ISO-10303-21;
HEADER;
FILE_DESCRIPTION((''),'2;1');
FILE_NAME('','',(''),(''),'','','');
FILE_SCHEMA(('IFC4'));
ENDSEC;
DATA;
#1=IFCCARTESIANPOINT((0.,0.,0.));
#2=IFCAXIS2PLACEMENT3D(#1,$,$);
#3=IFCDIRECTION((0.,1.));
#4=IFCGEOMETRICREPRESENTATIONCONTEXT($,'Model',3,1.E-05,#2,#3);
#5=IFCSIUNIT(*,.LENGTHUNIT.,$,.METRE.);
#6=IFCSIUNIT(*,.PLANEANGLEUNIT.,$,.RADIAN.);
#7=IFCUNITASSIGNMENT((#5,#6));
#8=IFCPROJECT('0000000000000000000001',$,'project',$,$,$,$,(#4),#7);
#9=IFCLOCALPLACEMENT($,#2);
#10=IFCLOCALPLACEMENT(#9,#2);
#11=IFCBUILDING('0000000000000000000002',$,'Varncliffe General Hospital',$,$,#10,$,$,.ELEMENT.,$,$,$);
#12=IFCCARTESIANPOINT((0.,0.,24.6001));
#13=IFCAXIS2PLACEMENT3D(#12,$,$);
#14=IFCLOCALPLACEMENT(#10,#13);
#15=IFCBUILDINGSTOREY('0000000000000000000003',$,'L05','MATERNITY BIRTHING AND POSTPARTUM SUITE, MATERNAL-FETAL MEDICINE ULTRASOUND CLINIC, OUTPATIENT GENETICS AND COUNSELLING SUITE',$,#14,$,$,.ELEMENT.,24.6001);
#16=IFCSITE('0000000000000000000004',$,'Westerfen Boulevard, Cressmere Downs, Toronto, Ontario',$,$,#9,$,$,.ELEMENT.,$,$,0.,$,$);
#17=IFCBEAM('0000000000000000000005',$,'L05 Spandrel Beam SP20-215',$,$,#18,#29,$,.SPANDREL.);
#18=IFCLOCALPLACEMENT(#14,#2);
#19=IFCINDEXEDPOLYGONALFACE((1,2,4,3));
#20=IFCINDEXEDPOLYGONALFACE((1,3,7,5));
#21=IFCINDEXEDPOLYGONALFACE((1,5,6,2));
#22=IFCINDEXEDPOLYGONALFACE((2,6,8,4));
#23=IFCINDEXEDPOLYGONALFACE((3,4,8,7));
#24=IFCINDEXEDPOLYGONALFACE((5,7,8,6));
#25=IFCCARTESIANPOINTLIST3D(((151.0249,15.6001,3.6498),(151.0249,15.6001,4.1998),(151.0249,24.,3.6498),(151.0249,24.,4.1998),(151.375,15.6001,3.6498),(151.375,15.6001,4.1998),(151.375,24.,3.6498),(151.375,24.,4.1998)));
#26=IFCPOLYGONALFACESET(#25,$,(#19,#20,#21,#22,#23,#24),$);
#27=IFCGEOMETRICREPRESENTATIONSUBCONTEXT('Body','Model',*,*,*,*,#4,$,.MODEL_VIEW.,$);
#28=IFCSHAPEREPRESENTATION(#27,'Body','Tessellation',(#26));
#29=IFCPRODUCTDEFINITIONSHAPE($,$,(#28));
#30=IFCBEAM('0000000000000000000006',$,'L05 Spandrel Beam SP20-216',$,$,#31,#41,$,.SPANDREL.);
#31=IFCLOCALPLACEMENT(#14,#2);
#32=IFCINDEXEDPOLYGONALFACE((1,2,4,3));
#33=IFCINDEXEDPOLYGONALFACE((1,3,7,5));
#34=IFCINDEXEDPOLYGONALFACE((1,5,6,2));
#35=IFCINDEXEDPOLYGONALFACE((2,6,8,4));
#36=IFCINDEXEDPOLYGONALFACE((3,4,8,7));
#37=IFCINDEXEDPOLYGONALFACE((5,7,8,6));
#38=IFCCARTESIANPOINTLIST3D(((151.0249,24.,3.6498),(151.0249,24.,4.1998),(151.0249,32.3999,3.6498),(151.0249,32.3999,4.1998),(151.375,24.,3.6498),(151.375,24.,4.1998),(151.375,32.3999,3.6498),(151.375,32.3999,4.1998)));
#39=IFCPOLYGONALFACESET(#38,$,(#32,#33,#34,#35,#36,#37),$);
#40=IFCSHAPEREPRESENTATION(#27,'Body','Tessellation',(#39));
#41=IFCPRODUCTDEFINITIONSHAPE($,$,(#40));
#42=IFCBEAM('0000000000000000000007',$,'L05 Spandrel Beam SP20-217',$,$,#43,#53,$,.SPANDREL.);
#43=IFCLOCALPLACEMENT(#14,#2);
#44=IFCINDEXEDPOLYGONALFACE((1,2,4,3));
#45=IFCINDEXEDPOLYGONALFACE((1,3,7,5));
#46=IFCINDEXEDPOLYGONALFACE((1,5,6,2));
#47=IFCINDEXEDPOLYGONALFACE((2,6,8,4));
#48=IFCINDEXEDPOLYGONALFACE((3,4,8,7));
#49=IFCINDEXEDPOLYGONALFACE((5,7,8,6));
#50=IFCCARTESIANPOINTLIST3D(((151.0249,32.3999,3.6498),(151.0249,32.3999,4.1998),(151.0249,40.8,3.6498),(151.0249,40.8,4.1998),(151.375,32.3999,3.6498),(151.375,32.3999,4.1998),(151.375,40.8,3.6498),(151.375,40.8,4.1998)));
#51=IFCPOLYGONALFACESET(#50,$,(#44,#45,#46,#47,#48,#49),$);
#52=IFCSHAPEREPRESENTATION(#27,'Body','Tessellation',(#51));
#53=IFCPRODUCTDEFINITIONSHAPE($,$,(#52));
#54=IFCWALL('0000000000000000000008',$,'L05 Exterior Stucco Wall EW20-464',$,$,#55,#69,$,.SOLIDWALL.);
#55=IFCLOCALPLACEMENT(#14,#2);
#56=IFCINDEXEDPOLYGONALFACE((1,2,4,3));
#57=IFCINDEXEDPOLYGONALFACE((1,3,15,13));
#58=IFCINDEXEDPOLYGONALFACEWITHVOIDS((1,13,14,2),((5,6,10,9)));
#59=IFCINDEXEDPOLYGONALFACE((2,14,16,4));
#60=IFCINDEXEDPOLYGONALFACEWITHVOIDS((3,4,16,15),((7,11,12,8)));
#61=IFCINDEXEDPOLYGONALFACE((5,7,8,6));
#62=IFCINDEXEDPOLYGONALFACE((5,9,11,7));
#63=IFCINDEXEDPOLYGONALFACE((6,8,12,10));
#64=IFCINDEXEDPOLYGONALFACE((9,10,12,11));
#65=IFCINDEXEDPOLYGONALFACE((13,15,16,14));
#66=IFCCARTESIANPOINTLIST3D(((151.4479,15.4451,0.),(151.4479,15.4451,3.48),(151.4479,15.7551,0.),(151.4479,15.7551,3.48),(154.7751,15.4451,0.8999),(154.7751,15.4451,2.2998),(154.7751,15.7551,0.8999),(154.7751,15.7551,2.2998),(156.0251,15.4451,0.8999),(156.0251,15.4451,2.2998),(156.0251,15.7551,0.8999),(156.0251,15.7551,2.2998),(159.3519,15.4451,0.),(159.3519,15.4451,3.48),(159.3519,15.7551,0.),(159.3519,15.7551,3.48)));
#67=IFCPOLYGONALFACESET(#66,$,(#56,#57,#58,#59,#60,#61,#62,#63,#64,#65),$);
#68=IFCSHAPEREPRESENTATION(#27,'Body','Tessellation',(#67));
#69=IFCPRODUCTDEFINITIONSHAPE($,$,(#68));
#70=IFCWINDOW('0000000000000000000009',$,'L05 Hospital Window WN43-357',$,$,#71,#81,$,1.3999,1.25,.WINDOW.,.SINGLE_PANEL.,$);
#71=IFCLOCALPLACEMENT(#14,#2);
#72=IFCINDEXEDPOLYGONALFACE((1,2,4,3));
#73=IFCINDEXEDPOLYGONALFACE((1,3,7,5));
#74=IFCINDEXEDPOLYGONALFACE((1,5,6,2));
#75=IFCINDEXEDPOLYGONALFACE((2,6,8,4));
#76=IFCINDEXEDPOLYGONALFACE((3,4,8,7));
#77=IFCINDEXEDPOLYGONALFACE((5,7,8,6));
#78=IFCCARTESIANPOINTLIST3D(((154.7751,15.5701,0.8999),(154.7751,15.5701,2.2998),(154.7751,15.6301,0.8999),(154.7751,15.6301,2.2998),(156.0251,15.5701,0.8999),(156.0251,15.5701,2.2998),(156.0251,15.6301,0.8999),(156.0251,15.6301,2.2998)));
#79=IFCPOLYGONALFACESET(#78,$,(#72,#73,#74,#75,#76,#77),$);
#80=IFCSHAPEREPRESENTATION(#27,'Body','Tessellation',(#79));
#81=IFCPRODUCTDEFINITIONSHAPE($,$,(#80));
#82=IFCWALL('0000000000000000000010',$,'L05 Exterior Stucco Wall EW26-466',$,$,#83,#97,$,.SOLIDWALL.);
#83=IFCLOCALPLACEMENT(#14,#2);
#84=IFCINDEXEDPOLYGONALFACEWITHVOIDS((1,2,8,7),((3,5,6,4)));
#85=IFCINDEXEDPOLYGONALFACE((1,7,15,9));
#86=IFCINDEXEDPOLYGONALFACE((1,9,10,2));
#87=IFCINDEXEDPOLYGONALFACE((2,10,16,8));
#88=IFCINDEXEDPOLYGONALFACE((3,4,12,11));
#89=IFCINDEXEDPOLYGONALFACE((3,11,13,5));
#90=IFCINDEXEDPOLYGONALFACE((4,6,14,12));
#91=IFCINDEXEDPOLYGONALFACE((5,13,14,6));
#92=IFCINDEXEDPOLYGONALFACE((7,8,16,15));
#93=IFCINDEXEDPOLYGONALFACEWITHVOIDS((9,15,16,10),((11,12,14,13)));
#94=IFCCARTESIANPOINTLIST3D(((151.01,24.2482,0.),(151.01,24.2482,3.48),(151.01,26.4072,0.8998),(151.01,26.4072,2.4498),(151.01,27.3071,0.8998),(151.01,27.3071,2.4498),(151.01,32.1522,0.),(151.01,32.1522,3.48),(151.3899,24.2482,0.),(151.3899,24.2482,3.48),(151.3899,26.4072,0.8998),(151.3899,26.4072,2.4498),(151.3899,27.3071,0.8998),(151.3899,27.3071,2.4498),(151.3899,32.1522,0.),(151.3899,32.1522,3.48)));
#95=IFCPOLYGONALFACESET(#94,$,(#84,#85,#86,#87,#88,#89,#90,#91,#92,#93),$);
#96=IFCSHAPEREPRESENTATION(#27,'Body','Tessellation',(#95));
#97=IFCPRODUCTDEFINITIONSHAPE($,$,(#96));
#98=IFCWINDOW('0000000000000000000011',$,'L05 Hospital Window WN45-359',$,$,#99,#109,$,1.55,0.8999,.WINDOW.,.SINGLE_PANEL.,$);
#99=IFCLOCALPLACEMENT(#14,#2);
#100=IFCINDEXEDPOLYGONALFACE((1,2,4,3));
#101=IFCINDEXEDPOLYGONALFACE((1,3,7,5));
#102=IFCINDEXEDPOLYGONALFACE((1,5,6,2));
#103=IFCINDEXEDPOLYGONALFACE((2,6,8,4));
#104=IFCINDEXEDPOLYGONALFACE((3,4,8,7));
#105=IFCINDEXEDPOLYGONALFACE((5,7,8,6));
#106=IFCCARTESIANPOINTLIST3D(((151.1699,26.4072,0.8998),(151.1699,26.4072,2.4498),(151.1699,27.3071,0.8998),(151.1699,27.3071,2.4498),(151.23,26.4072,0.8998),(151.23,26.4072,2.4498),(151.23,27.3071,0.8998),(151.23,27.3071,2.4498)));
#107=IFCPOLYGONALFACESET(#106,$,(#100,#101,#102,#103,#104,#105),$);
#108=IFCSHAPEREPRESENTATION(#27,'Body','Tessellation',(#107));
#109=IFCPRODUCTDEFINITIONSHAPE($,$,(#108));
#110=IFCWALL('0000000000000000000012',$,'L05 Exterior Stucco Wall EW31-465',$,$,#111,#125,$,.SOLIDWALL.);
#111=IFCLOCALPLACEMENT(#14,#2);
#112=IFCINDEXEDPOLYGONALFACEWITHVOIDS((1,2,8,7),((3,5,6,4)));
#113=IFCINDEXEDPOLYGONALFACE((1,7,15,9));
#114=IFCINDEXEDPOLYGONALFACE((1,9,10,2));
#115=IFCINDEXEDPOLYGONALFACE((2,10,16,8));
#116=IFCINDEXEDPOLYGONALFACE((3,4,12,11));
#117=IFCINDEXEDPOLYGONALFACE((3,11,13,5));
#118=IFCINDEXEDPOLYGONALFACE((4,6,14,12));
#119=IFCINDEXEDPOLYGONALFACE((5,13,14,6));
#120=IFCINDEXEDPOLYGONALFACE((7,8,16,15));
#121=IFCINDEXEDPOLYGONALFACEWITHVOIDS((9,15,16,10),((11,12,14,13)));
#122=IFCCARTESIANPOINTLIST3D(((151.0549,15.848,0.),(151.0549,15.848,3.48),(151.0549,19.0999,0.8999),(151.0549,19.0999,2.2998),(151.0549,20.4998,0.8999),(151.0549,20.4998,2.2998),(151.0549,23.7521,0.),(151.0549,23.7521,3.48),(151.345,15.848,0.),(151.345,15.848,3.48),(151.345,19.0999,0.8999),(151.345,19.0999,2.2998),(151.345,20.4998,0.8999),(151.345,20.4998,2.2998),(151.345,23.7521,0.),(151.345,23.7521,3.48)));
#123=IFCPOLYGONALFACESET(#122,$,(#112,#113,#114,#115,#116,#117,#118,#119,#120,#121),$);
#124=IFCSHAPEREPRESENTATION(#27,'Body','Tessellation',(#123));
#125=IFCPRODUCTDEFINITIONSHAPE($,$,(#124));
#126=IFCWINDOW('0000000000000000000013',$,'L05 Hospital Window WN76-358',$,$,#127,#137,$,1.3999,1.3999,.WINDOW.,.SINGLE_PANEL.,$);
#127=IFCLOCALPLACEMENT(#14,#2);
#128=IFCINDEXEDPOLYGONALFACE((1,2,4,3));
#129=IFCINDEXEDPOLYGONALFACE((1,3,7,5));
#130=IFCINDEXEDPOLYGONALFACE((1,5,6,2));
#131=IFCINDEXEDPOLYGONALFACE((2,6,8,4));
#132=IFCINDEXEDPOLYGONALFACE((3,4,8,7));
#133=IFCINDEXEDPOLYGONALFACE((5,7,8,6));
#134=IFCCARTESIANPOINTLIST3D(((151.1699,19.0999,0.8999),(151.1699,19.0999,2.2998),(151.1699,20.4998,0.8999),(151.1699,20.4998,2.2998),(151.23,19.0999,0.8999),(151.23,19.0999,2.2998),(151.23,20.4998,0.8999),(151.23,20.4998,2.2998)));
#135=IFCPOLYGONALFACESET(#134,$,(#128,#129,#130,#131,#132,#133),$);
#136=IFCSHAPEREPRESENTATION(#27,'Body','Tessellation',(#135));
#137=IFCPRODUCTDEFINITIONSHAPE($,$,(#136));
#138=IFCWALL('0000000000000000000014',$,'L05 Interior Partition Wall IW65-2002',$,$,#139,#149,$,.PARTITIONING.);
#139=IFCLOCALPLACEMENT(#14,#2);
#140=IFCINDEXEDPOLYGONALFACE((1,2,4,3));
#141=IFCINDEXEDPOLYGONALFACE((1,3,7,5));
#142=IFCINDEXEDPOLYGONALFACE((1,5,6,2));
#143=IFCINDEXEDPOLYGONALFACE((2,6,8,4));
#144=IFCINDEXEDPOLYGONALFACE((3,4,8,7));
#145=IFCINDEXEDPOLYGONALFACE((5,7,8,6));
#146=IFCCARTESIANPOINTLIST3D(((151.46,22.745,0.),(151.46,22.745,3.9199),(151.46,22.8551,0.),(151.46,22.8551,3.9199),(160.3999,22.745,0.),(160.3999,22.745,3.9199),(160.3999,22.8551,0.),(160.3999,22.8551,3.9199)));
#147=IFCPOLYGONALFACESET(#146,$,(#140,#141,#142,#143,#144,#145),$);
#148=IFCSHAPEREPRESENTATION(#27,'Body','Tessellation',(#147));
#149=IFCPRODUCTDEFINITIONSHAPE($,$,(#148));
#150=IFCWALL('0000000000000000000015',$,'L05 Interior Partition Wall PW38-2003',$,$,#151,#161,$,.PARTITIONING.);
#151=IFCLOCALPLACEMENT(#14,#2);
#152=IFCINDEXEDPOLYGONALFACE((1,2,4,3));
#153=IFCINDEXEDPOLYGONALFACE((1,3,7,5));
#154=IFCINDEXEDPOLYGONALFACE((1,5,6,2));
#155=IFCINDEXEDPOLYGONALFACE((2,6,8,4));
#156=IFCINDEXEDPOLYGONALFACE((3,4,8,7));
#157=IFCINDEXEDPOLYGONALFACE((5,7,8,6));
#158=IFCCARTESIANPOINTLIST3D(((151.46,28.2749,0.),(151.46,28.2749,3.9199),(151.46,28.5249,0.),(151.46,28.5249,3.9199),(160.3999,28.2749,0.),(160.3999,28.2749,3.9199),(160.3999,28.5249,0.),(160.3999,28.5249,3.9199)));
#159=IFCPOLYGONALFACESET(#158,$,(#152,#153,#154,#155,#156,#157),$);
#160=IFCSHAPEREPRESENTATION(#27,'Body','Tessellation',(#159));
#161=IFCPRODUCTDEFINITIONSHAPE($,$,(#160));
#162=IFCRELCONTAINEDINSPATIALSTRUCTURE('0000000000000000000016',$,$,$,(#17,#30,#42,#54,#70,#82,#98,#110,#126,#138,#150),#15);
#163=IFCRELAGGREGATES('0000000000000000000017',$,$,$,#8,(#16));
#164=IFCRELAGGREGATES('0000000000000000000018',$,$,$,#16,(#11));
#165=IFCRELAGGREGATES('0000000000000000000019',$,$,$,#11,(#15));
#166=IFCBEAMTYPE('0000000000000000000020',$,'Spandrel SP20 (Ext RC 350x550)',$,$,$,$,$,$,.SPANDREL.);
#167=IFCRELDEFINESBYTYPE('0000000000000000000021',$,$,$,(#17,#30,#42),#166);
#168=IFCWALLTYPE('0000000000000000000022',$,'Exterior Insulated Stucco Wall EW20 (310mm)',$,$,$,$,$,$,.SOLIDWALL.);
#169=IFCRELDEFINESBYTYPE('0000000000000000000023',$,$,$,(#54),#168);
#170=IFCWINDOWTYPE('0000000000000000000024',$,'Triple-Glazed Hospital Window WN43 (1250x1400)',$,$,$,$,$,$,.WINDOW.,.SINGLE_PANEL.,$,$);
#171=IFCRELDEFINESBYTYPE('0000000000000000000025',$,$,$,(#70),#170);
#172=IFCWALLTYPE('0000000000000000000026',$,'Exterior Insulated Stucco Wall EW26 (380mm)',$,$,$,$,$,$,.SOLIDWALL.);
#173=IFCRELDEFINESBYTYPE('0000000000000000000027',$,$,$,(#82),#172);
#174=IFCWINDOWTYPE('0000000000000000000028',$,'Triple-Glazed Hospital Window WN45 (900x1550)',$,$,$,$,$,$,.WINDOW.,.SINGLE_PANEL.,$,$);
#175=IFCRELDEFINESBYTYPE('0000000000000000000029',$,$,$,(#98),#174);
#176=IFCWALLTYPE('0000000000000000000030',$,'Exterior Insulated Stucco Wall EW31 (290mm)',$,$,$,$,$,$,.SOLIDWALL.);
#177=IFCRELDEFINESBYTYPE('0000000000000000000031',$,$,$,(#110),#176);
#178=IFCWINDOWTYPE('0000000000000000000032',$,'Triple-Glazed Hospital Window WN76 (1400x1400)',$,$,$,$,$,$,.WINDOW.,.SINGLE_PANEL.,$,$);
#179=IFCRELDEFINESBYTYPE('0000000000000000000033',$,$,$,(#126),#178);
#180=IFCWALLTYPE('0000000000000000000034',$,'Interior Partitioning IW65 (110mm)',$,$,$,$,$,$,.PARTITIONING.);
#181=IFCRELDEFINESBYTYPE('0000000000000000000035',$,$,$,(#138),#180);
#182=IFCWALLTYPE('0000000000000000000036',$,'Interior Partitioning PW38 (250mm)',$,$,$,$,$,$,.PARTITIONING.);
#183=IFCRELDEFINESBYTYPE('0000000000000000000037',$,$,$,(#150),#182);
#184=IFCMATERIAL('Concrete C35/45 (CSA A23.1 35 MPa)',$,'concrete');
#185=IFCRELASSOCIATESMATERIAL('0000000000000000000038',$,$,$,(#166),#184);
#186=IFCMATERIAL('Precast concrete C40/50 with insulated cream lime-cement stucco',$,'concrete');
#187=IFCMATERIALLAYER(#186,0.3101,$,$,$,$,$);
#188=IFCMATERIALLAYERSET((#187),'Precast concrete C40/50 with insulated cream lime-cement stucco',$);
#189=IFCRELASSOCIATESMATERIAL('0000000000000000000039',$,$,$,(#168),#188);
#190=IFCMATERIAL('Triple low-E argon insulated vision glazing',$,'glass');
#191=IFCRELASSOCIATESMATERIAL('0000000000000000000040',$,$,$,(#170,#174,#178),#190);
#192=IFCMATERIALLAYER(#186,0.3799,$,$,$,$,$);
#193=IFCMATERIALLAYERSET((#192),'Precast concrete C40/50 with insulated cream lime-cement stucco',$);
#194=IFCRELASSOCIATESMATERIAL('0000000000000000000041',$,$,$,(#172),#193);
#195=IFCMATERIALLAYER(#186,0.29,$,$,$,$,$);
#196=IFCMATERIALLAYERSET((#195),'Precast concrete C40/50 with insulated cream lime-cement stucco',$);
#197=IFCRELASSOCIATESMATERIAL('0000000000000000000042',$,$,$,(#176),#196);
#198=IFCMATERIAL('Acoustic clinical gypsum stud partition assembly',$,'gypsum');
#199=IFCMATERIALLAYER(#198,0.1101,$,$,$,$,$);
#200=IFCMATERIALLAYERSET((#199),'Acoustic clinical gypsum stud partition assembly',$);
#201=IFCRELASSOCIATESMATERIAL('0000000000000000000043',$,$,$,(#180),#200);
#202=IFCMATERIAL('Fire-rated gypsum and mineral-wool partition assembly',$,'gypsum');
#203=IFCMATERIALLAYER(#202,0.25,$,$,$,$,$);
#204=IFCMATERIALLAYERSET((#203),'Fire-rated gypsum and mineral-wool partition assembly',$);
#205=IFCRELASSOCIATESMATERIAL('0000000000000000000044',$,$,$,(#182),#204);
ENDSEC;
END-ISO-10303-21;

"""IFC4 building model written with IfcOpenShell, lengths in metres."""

from ifc_helpers import new_model, si_unit, direction, frame, frame_2d, origin, origin_2d, place, context, subcontext, project, spatial, rectangle, extrude, material, layer, layer_set, material_profile, profile_set, type_object, element, fill, save


model = new_model("IFC4")

# Units and contexts
model_context = context("Model", 3, precision=1e-05, world=origin(), true_north=direction((0.0, 1.0)))
body_context = subcontext(model_context, "Body", "Model", "MODEL_VIEW")
ifc_project = project(units=[si_unit("LENGTHUNIT", "METRE"), si_unit("PLANEANGLEUNIT", "RADIAN")], contexts=[model_context])

# Site, building, storey
site_placement = place(None, origin())
site = spatial("IfcSite", under=ifc_project, at=site_placement, Name="Westerfen Boulevard, Cressmere Downs, Toronto, Ontario", CompositionType="ELEMENT", RefElevation=0.0)
building_placement = place(site_placement, origin())
building = spatial("IfcBuilding", under=site, at=building_placement, Name="Varncliffe General Hospital", CompositionType="ELEMENT")
storey_placement = place(building_placement, frame((0.0, 0.0, 24.6001)))
storey = spatial("IfcBuildingStorey", under=building, at=storey_placement, Name="L05", Description="MATERNITY BIRTHING AND POSTPARTUM SUITE, MATERNAL-FETAL MEDICINE ULTRASOUND CLINIC, OUTPATIENT GENETICS AND COUNSELLING SUITE", CompositionType="ELEMENT", Elevation=24.6001)

# Beams
ifc_material_1 = material(Name="Concrete C35/45 (CSA A23.1 35 MPa)", Category="concrete")
ifc_material_profile_1 = material_profile(ifc_material_1, rectangle(XDim=0.3501, YDim=0.55, at=origin_2d()), Name="RC 350x550")
ifc_profile_set_1 = profile_set([ifc_material_profile_1], Name="Concrete C35/45 (CSA A23.1 35 MPa)")
beam_type_1 = type_object("IfcBeamType", Name="Spandrel SP20 (Ext RC 350x550)", PredefinedType="SPANDREL", material=ifc_profile_set_1)
for number, where, z_axis, x_axis, name in (
    (1, (151.2, 15.6001, 3.9248), (0.0, 1.0, 0.0), (-1.0, 0.0, 0.0), "L05 Spandrel Beam SP20-215"),
    (2, (151.2, 24.0, 3.9248), (0.0, 1.0, 0.0), (-1.0, 0.0, 0.0), "L05 Spandrel Beam SP20-216"),
):
    element("IfcBeam", number, at=place(storey_placement, frame(where, z_axis=z_axis, x_axis=x_axis)), inside=storey, type_object=beam_type_1, Name=name, PredefinedType="SPANDREL", context=body_context, shape_type="SweptSolid", body=[
        extrude(rectangle(XDim=0.3501, YDim=0.55, at=origin_2d()), origin(), (0.0, 0.0, 1.0), 8.3999),
    ])
beam_1_placement = place(storey_placement, frame((151.2, 32.3999, 3.9248), z_axis=(0.0, 1.0, 0.0), x_axis=(-1.0, 0.0, 0.0)))
element("IfcBeam", 3, at=beam_1_placement, inside=storey, type_object=beam_type_1, Name="L05 Spandrel Beam SP20-217", PredefinedType="SPANDREL", context=body_context, shape_type="SweptSolid", body=[
    extrude(rectangle(XDim=0.3501, YDim=0.55, at=origin_2d()), origin(), (0.0, 0.0, 1.0), 8.4001),
])

# Walls, openings, windows
ifc_material_2 = material(Name="Precast concrete C40/50 with insulated cream lime-cement stucco", Category="concrete")
ifc_layer_1 = layer(ifc_material_2, 0.3101)
ifc_layer_set_1 = layer_set([ifc_layer_1], Name="Precast concrete C40/50 with insulated cream lime-cement stucco")
wall_type_1 = type_object("IfcWallType", Name="Exterior Insulated Stucco Wall EW20 (310mm)", PredefinedType="SOLIDWALL", material=ifc_layer_set_1)
wall_1_placement = place(storey_placement, frame((159.3521, 15.6001, 0.0), z_axis=(0.0, 0.0, 1.0), x_axis=(-1.0, 0.0, 0.0)))
wall_1 = element("IfcWall", 4, at=wall_1_placement, inside=storey, type_object=wall_type_1, Name="L05 Exterior Stucco Wall EW20-464", PredefinedType="SOLIDWALL", context=body_context, shape_type="SweptSolid", body=[
    extrude(rectangle(XDim=7.9041, YDim=0.3101, at=frame_2d((3.9521, 0.0))), origin(), (0.0, 0.0, 1.0), 3.48),
])
opening_1_placement = place(wall_1_placement, frame((3.3269, 0.0, 0.8999)))
opening_1 = element("IfcOpeningElement", 5, at=opening_1_placement, cuts=wall_1, PredefinedType="OPENING", context=body_context, shape_type="SweptSolid", body=[
    extrude(rectangle(XDim=1.25, YDim=1.3999, at=frame_2d((0.625, 0.7))), frame((0.0, 0.165, 0.0), z_axis=(0.0, -1.0, 0.0), x_axis=(1.0, 0.0, 0.0)), (0.0, 0.0, 1.0), 0.3301),
])
ifc_material_3 = material(Name="Triple low-E argon insulated vision glazing", Category="glass")
window_type_1 = type_object("IfcWindowType", Name="Triple-Glazed Hospital Window WN43 (1250x1400)", PartitioningType="SINGLE_PANEL", PredefinedType="WINDOW", material=ifc_material_3)
window_1_placement = place(opening_1_placement, origin())
window_1 = element("IfcWindow", 6, at=window_1_placement, inside=storey, type_object=window_type_1, Name="L05 Hospital Window WN43-357", OverallHeight=1.3999, OverallWidth=1.25, PartitioningType="SINGLE_PANEL", PredefinedType="WINDOW", context=body_context, shape_type="SweptSolid", body=[
    extrude(rectangle(XDim=1.25, YDim=1.3999, at=frame_2d((0.625, 0.7))), frame((0.0, 0.03, 0.0), z_axis=(0.0, -1.0, 0.0), x_axis=(1.0, 0.0, 0.0)), (0.0, 0.0, 1.0), 0.0601),
])
fill(opening_1, window_1)
ifc_layer_2 = layer(ifc_material_2, 0.3799)
ifc_layer_set_2 = layer_set([ifc_layer_2], Name="Precast concrete C40/50 with insulated cream lime-cement stucco")
wall_type_2 = type_object("IfcWallType", Name="Exterior Insulated Stucco Wall EW26 (380mm)", PredefinedType="SOLIDWALL", material=ifc_layer_set_2)
wall_2_placement = place(storey_placement, frame((151.2, 24.248, 0.0), z_axis=(0.0, 0.0, 1.0), x_axis=(0.0, 1.0, 0.0)))
wall_2 = element("IfcWall", 7, at=wall_2_placement, inside=storey, type_object=wall_type_2, Name="L05 Exterior Stucco Wall EW26-466", PredefinedType="SOLIDWALL", context=body_context, shape_type="SweptSolid", body=[
    extrude(rectangle(XDim=7.9041, YDim=0.3799, at=frame_2d((3.9521, 0.0))), origin(), (0.0, 0.0, 1.0), 3.48),
])
opening_2_placement = place(wall_2_placement, frame((2.1592, 0.0, 0.8999)))
opening_2 = element("IfcOpeningElement", 8, at=opening_2_placement, cuts=wall_2, PredefinedType="OPENING", context=body_context, shape_type="SweptSolid", body=[
    extrude(rectangle(XDim=0.8999, YDim=1.55, at=frame_2d((0.45, 0.7749))), frame((0.0, 0.2, 0.0), z_axis=(0.0, -1.0, 0.0), x_axis=(1.0, 0.0, 0.0)), (0.0, 0.0, 1.0), 0.3999),
])
window_type_2 = type_object("IfcWindowType", Name="Triple-Glazed Hospital Window WN45 (900x1550)", PartitioningType="SINGLE_PANEL", PredefinedType="WINDOW", material=ifc_material_3)
window_2_placement = place(opening_2_placement, origin())
window_2 = element("IfcWindow", 9, at=window_2_placement, inside=storey, type_object=window_type_2, Name="L05 Hospital Window WN45-359", OverallHeight=1.55, OverallWidth=0.8999, PartitioningType="SINGLE_PANEL", PredefinedType="WINDOW", context=body_context, shape_type="SweptSolid", body=[
    extrude(rectangle(XDim=0.8999, YDim=1.55, at=frame_2d((0.45, 0.7749))), frame((0.0, 0.03, 0.0), z_axis=(0.0, -1.0, 0.0), x_axis=(1.0, 0.0, 0.0)), (0.0, 0.0, 1.0), 0.0601),
])
fill(opening_2, window_2)
ifc_layer_3 = layer(ifc_material_2, 0.29)
ifc_layer_set_3 = layer_set([ifc_layer_3], Name="Precast concrete C40/50 with insulated cream lime-cement stucco")
wall_type_3 = type_object("IfcWallType", Name="Exterior Insulated Stucco Wall EW31 (290mm)", PredefinedType="SOLIDWALL", material=ifc_layer_set_3)
wall_3_placement = place(storey_placement, frame((151.2, 15.8479, 0.0), z_axis=(0.0, 0.0, 1.0), x_axis=(0.0, 1.0, 0.0)))
wall_3 = element("IfcWall", 10, at=wall_3_placement, inside=storey, type_object=wall_type_3, Name="L05 Exterior Stucco Wall EW31-465", PredefinedType="SOLIDWALL", context=body_context, shape_type="SweptSolid", body=[
    extrude(rectangle(XDim=7.9041, YDim=0.29, at=frame_2d((3.9521, 0.0))), origin(), (0.0, 0.0, 1.0), 3.48),
])
opening_3_placement = place(wall_3_placement, frame((3.252, 0.0, 0.8999)))
opening_3 = element("IfcOpeningElement", 11, at=opening_3_placement, cuts=wall_3, PredefinedType="OPENING", context=body_context, shape_type="SweptSolid", body=[
    extrude(rectangle(XDim=1.3999, YDim=1.3999, at=frame_2d((0.7, 0.7))), frame((0.0, 0.155, 0.0), z_axis=(0.0, -1.0, 0.0), x_axis=(1.0, 0.0, 0.0)), (0.0, 0.0, 1.0), 0.3101),
])
window_type_3 = type_object("IfcWindowType", Name="Triple-Glazed Hospital Window WN76 (1400x1400)", PartitioningType="SINGLE_PANEL", PredefinedType="WINDOW", material=ifc_material_3)
window_3_placement = place(opening_3_placement, origin())
window_3 = element("IfcWindow", 12, at=window_3_placement, inside=storey, type_object=window_type_3, Name="L05 Hospital Window WN76-358", OverallHeight=1.3999, OverallWidth=1.3999, PartitioningType="SINGLE_PANEL", PredefinedType="WINDOW", context=body_context, shape_type="SweptSolid", body=[
    extrude(rectangle(XDim=1.3999, YDim=1.3999, at=frame_2d((0.7, 0.7))), frame((0.0, 0.03, 0.0), z_axis=(0.0, -1.0, 0.0), x_axis=(1.0, 0.0, 0.0)), (0.0, 0.0, 1.0), 0.0601),
])
fill(opening_3, window_3)

# Walls
ifc_material_4 = material(Name="Acoustic clinical gypsum stud partition assembly", Category="gypsum")
ifc_layer_4 = layer(ifc_material_4, 0.1101)
ifc_layer_set_4 = layer_set([ifc_layer_4], Name="Acoustic clinical gypsum stud partition assembly")
wall_type_4 = type_object("IfcWallType", Name="Interior Partitioning IW65 (110mm)", PredefinedType="PARTITIONING", material=ifc_layer_set_4)
wall_4_placement = place(storey_placement, frame((151.46, 22.8, 0.0), z_axis=(0.0, 0.0, 1.0), x_axis=(1.0, 0.0, 0.0)))
element("IfcWall", 13, at=wall_4_placement, inside=storey, type_object=wall_type_4, Name="L05 Interior Partition Wall IW65-2002", PredefinedType="PARTITIONING", context=body_context, shape_type="SweptSolid", body=[
    extrude(rectangle(XDim=8.9399, YDim=0.1101, at=frame_2d((4.47, 0.0))), origin(), (0.0, 0.0, 1.0), 3.9199),
])
ifc_material_5 = material(Name="Fire-rated gypsum and mineral-wool partition assembly", Category="gypsum")
ifc_layer_5 = layer(ifc_material_5, 0.25)
ifc_layer_set_5 = layer_set([ifc_layer_5], Name="Fire-rated gypsum and mineral-wool partition assembly")
wall_type_5 = type_object("IfcWallType", Name="Interior Partitioning PW38 (250mm)", PredefinedType="PARTITIONING", material=ifc_layer_set_5)
wall_5_placement = place(storey_placement, frame((151.46, 28.3999, 0.0), z_axis=(0.0, 0.0, 1.0), x_axis=(1.0, 0.0, 0.0)))
element("IfcWall", 14, at=wall_5_placement, inside=storey, type_object=wall_type_5, Name="L05 Interior Partition Wall PW38-2003", PredefinedType="PARTITIONING", context=body_context, shape_type="SweptSolid", body=[
    extrude(rectangle(XDim=8.9399, YDim=0.25, at=frame_2d((4.47, 0.0))), origin(), (0.0, 0.0, 1.0), 3.9199),
])

save(model, "model.ifc")
